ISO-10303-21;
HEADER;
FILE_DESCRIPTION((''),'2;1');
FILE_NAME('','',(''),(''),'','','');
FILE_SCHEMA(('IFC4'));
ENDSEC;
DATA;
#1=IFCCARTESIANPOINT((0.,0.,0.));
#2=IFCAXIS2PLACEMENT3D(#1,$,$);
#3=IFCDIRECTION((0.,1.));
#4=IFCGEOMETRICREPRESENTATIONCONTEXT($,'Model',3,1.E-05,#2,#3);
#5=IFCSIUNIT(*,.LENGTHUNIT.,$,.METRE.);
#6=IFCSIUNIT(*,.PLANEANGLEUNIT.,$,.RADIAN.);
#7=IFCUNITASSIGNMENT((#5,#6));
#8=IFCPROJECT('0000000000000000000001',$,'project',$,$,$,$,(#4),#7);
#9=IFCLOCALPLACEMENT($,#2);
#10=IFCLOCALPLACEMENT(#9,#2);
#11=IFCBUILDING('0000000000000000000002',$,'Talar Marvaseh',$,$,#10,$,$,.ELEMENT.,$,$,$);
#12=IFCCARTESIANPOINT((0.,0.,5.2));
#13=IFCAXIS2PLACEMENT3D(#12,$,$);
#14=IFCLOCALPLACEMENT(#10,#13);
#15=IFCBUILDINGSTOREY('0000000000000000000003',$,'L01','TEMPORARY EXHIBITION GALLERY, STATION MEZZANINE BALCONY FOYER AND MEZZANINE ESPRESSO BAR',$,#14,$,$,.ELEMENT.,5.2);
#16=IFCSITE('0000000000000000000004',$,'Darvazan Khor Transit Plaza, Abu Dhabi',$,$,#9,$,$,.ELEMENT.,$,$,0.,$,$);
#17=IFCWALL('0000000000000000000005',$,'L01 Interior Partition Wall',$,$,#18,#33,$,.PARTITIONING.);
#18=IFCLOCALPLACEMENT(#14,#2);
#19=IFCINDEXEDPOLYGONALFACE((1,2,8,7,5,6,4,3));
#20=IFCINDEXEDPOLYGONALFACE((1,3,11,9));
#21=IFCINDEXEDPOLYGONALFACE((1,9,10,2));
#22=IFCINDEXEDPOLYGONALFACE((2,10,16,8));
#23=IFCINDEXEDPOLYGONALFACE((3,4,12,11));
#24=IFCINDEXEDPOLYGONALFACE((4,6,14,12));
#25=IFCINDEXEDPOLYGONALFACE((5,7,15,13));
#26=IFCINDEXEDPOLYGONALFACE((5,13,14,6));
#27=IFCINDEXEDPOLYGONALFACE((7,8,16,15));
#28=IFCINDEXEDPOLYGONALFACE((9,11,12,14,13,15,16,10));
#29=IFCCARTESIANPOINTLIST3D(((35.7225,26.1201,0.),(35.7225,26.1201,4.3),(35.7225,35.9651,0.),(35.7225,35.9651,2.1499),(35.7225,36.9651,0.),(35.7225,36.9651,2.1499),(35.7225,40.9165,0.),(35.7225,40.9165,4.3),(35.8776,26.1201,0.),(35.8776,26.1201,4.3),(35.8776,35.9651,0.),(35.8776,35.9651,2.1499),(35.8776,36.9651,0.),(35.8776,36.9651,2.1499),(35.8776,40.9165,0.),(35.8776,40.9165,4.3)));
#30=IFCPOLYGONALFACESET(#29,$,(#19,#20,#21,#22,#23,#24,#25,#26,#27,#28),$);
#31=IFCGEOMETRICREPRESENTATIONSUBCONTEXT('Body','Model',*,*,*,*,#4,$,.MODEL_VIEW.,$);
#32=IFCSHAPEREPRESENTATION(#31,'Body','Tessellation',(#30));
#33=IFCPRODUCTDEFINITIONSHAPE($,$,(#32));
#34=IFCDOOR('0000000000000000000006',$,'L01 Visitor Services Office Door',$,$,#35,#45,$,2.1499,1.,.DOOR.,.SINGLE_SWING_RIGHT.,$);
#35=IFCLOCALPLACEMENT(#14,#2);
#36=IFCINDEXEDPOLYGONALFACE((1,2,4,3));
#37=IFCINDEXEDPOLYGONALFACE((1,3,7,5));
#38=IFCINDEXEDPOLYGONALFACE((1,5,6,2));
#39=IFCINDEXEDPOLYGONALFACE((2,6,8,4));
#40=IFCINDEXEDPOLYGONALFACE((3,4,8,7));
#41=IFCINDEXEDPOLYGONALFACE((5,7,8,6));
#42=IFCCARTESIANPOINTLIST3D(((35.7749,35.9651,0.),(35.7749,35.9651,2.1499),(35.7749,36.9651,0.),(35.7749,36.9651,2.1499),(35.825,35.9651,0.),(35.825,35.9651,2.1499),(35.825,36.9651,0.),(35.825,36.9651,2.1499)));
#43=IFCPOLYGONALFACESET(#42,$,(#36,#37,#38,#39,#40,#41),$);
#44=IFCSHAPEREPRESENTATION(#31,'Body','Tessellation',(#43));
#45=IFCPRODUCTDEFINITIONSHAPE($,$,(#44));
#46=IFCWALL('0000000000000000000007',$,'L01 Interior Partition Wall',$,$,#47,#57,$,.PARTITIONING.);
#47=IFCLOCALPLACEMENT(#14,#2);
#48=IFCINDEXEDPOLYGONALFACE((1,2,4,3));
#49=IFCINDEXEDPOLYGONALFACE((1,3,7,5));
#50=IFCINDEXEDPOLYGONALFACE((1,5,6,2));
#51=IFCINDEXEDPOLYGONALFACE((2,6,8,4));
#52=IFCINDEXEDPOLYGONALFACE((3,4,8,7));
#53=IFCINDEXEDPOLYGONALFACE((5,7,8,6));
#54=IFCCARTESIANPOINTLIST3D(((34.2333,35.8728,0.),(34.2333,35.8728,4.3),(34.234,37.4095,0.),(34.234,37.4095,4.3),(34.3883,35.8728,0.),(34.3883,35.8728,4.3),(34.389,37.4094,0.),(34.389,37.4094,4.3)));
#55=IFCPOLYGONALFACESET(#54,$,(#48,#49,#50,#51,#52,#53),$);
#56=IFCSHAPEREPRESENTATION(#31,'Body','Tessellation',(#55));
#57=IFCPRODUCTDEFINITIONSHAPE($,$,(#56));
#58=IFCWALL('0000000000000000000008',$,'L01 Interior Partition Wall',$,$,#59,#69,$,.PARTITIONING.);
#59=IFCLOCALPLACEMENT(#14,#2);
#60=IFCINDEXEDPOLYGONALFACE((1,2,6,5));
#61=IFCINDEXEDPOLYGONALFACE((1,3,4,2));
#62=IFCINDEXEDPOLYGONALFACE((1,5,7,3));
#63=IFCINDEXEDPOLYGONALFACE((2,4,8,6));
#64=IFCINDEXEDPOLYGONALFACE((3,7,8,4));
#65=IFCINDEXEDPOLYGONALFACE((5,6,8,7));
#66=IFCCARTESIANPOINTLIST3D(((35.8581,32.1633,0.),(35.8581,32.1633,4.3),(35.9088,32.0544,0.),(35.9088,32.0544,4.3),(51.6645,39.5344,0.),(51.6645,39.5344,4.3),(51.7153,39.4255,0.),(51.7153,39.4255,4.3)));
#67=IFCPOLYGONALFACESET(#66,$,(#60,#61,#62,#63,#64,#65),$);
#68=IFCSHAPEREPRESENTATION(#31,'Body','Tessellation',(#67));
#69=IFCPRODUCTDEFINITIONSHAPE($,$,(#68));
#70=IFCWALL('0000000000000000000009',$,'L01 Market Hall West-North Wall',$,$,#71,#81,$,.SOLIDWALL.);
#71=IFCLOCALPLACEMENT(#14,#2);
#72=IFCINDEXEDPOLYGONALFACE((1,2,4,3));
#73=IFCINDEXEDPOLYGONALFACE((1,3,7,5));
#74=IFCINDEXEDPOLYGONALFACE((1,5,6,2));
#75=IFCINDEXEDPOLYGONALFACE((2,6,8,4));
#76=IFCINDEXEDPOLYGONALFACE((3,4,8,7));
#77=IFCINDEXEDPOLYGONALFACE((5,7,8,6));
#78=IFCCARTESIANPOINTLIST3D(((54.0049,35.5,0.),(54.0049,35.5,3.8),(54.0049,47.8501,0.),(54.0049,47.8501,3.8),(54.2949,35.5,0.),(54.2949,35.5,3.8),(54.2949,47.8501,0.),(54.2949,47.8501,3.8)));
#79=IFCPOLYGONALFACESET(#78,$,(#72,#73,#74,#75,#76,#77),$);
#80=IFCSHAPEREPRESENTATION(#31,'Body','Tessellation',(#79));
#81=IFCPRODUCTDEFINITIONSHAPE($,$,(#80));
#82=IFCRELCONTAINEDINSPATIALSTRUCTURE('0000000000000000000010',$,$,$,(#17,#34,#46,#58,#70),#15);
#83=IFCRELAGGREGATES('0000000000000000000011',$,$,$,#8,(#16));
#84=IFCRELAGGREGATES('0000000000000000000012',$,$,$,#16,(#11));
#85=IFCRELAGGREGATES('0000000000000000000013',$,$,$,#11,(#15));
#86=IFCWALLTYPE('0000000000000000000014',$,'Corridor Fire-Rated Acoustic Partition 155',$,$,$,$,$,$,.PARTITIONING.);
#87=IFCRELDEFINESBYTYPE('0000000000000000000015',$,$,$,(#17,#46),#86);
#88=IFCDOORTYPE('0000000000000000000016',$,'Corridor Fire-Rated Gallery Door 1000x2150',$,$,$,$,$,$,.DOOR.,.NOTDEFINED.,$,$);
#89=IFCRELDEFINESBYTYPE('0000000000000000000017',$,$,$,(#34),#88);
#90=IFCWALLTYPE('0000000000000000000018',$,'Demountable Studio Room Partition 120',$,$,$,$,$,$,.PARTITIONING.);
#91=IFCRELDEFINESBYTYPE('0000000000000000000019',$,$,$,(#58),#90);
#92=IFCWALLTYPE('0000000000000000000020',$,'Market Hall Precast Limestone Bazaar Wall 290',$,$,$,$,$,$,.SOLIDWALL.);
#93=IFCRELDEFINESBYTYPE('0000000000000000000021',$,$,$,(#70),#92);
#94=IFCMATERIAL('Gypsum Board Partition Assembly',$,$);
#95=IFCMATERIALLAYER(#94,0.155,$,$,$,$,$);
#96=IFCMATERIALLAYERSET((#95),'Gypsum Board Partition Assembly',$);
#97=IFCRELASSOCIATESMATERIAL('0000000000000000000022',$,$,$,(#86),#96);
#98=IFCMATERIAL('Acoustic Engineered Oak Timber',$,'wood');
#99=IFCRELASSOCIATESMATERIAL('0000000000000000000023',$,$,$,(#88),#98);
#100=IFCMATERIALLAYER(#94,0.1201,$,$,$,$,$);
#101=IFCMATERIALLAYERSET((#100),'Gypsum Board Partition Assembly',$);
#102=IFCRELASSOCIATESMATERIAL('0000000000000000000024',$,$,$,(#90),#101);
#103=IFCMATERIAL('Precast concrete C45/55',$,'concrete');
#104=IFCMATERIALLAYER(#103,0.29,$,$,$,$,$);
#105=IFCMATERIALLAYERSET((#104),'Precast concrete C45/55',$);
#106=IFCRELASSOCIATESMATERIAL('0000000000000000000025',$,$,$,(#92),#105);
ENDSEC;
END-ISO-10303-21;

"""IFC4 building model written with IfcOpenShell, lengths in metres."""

from ifc_helpers import new_model, si_unit, direction, frame, frame_2d, origin, place, context, subcontext, project, spatial, rectangle, extrude, source, transform, mapped, material, layer, layer_set, type_object, type_shapes, element, fill, save


model = new_model("IFC4")

# Units and contexts
model_context = context("Model", 3, precision=1e-05, world=origin(), true_north=direction((0.0, 1.0)))
body_context = subcontext(model_context, "Body", "Model", "MODEL_VIEW")
ifc_project = project(units=[si_unit("LENGTHUNIT", "METRE"), si_unit("PLANEANGLEUNIT", "RADIAN")], contexts=[model_context])

# Site, building, storey
site_placement = place(None, origin())
site = spatial("IfcSite", under=ifc_project, at=site_placement, Name="Darvazan Khor Transit Plaza, Abu Dhabi", CompositionType="ELEMENT", RefElevation=0.0)
building_placement = place(site_placement, origin())
building = spatial("IfcBuilding", under=site, at=building_placement, Name="Talar Marvaseh", CompositionType="ELEMENT")
storey_placement = place(building_placement, frame((0.0, 0.0, 5.2)))
storey = spatial("IfcBuildingStorey", under=building, at=storey_placement, Name="L01", Description="TEMPORARY EXHIBITION GALLERY, STATION MEZZANINE BALCONY FOYER AND MEZZANINE ESPRESSO BAR", CompositionType="ELEMENT", Elevation=5.2)

# Shared definitions
ifc_material_1 = material(Name="Precast concrete C45/55", Category="concrete")

# Wall, opening, door
ifc_material_2 = material(Name="Gypsum Board Partition Assembly")
ifc_layer_1 = layer(ifc_material_2, 0.155)
ifc_layer_set_1 = layer_set([ifc_layer_1], Name="Gypsum Board Partition Assembly")
wall_type_1 = type_object("IfcWallType", Name="Corridor Fire-Rated Acoustic Partition 155", PredefinedType="PARTITIONING", material=ifc_layer_set_1)
wall_1_placement = place(storey_placement, frame((35.8, 40.9165, 0.0), z_axis=(0.0, 0.0, 1.0), x_axis=(0.0, -1.0, 0.0)))
wall_1 = element("IfcWall", 1, at=wall_1_placement, inside=storey, type_object=wall_type_1, Name="L01 Interior Partition Wall", PredefinedType="PARTITIONING", context=body_context, shape_type="SweptSolid", body=[
    extrude(rectangle(XDim=14.7964, YDim=0.155, at=frame_2d((7.3982, 0.0))), origin(), (0.0, 0.0, 1.0), 4.3),
])
opening_1_placement = place(wall_1_placement, frame((3.9514, 0.0, 0.0)))
opening_1 = element("IfcOpeningElement", 2, at=opening_1_placement, cuts=wall_1, PredefinedType="OPENING", context=body_context, shape_type="SweptSolid", body=[
    extrude(rectangle(XDim=1.0, YDim=2.1499, at=frame_2d((0.5, 1.075))), frame((0.0, 0.0874, 0.0), z_axis=(0.0, -1.0, 0.0), x_axis=(1.0, 0.0, 0.0)), (0.0, 0.0, 1.0), 0.175),
])
ifc_material_3 = material(Name="Acoustic Engineered Oak Timber", Category="wood")
door_type = type_object("IfcDoorType", Name="Corridor Fire-Rated Gallery Door 1000x2150", OperationType="NOTDEFINED", PredefinedType="DOOR", material=ifc_material_3)
shared_shape_1 = source(origin(), body_context, "Body", "SweptSolid", [
    extrude(rectangle(XDim=1.0, YDim=2.1499, at=frame_2d((0.5, 1.075))), frame((0.0, 0.0249, 0.0), z_axis=(0.0, -1.0, 0.0), x_axis=(1.0, 0.0, 0.0)), (0.0, 0.0, 1.0), 0.05),
])
type_shapes(door_type, [shared_shape_1])
door_placement = place(opening_1_placement, origin())
door = element("IfcDoor", 3, at=door_placement, inside=storey, type_object=door_type, Name="L01 Visitor Services Office Door", OperationType="SINGLE_SWING_RIGHT", OverallHeight=2.1499, OverallWidth=1.0, PredefinedType="DOOR", context=body_context, shape_type="MappedRepresentation", body=[
    mapped(shared_shape_1, transform((0.0, 0.0, 0.0), x_axis=(1.0, 0.0, 0.0), y_axis=(0.0, 1.0, 0.0), z_axis=(0.0, 0.0, 1.0), scale=1.0)),
])
fill(opening_1, door)

# Walls
wall_2_placement = place(storey_placement, frame((34.3108, 35.8728, 0.0), z_axis=(0.0, 0.0, 1.0), x_axis=(0.000477, 1.0, 0.0)))
element("IfcWall", 4, at=wall_2_placement, inside=storey, type_object=wall_type_1, Name="L01 Interior Partition Wall", PredefinedType="PARTITIONING", context=body_context, shape_type="SweptSolid", body=[
    extrude(rectangle(XDim=1.5366, YDim=0.155, at=frame_2d((0.7683, 0.0))), origin(), (0.0, 0.0, 1.0), 4.3),
])
ifc_layer_2 = layer(ifc_material_2, 0.1201)
ifc_layer_set_2 = layer_set([ifc_layer_2], Name="Gypsum Board Partition Assembly")
wall_type_2 = type_object("IfcWallType", Name="Demountable Studio Room Partition 120", PredefinedType="PARTITIONING", material=ifc_layer_set_2)
wall_3_placement = place(storey_placement, frame((35.8835, 32.1089, 0.0), z_axis=(0.0, 0.0, 1.0), x_axis=(0.906298, 0.422639, 0.0)))
element("IfcWall", 5, at=wall_3_placement, inside=storey, type_object=wall_type_2, Name="L01 Interior Partition Wall", PredefinedType="PARTITIONING", context=body_context, shape_type="SweptSolid", body=[
    extrude(rectangle(XDim=17.4407, YDim=0.1201, at=frame_2d((8.7202, 0.0))), origin(), (0.0, 0.0, 1.0), 4.3),
])
ifc_layer_3 = layer(ifc_material_1, 0.29)
ifc_layer_set_3 = layer_set([ifc_layer_3], Name="Precast concrete C45/55")
wall_type_3 = type_object("IfcWallType", Name="Market Hall Precast Limestone Bazaar Wall 290", PredefinedType="SOLIDWALL", material=ifc_layer_set_3)
wall_4_placement = place(storey_placement, frame((54.1499, 35.5, 0.0), z_axis=(0.0, 0.0, 1.0), x_axis=(0.0, 1.0, 0.0)))
element("IfcWall", 6, at=wall_4_placement, inside=storey, type_object=wall_type_3, Name="L01 Market Hall West-North Wall", PredefinedType="SOLIDWALL", context=body_context, shape_type="SweptSolid", body=[
    extrude(rectangle(XDim=12.3501, YDim=0.29, at=frame_2d((6.175, 0.0))), origin(), (0.0, 0.0, 1.0), 3.8),
])

save(model, "model.ifc")
